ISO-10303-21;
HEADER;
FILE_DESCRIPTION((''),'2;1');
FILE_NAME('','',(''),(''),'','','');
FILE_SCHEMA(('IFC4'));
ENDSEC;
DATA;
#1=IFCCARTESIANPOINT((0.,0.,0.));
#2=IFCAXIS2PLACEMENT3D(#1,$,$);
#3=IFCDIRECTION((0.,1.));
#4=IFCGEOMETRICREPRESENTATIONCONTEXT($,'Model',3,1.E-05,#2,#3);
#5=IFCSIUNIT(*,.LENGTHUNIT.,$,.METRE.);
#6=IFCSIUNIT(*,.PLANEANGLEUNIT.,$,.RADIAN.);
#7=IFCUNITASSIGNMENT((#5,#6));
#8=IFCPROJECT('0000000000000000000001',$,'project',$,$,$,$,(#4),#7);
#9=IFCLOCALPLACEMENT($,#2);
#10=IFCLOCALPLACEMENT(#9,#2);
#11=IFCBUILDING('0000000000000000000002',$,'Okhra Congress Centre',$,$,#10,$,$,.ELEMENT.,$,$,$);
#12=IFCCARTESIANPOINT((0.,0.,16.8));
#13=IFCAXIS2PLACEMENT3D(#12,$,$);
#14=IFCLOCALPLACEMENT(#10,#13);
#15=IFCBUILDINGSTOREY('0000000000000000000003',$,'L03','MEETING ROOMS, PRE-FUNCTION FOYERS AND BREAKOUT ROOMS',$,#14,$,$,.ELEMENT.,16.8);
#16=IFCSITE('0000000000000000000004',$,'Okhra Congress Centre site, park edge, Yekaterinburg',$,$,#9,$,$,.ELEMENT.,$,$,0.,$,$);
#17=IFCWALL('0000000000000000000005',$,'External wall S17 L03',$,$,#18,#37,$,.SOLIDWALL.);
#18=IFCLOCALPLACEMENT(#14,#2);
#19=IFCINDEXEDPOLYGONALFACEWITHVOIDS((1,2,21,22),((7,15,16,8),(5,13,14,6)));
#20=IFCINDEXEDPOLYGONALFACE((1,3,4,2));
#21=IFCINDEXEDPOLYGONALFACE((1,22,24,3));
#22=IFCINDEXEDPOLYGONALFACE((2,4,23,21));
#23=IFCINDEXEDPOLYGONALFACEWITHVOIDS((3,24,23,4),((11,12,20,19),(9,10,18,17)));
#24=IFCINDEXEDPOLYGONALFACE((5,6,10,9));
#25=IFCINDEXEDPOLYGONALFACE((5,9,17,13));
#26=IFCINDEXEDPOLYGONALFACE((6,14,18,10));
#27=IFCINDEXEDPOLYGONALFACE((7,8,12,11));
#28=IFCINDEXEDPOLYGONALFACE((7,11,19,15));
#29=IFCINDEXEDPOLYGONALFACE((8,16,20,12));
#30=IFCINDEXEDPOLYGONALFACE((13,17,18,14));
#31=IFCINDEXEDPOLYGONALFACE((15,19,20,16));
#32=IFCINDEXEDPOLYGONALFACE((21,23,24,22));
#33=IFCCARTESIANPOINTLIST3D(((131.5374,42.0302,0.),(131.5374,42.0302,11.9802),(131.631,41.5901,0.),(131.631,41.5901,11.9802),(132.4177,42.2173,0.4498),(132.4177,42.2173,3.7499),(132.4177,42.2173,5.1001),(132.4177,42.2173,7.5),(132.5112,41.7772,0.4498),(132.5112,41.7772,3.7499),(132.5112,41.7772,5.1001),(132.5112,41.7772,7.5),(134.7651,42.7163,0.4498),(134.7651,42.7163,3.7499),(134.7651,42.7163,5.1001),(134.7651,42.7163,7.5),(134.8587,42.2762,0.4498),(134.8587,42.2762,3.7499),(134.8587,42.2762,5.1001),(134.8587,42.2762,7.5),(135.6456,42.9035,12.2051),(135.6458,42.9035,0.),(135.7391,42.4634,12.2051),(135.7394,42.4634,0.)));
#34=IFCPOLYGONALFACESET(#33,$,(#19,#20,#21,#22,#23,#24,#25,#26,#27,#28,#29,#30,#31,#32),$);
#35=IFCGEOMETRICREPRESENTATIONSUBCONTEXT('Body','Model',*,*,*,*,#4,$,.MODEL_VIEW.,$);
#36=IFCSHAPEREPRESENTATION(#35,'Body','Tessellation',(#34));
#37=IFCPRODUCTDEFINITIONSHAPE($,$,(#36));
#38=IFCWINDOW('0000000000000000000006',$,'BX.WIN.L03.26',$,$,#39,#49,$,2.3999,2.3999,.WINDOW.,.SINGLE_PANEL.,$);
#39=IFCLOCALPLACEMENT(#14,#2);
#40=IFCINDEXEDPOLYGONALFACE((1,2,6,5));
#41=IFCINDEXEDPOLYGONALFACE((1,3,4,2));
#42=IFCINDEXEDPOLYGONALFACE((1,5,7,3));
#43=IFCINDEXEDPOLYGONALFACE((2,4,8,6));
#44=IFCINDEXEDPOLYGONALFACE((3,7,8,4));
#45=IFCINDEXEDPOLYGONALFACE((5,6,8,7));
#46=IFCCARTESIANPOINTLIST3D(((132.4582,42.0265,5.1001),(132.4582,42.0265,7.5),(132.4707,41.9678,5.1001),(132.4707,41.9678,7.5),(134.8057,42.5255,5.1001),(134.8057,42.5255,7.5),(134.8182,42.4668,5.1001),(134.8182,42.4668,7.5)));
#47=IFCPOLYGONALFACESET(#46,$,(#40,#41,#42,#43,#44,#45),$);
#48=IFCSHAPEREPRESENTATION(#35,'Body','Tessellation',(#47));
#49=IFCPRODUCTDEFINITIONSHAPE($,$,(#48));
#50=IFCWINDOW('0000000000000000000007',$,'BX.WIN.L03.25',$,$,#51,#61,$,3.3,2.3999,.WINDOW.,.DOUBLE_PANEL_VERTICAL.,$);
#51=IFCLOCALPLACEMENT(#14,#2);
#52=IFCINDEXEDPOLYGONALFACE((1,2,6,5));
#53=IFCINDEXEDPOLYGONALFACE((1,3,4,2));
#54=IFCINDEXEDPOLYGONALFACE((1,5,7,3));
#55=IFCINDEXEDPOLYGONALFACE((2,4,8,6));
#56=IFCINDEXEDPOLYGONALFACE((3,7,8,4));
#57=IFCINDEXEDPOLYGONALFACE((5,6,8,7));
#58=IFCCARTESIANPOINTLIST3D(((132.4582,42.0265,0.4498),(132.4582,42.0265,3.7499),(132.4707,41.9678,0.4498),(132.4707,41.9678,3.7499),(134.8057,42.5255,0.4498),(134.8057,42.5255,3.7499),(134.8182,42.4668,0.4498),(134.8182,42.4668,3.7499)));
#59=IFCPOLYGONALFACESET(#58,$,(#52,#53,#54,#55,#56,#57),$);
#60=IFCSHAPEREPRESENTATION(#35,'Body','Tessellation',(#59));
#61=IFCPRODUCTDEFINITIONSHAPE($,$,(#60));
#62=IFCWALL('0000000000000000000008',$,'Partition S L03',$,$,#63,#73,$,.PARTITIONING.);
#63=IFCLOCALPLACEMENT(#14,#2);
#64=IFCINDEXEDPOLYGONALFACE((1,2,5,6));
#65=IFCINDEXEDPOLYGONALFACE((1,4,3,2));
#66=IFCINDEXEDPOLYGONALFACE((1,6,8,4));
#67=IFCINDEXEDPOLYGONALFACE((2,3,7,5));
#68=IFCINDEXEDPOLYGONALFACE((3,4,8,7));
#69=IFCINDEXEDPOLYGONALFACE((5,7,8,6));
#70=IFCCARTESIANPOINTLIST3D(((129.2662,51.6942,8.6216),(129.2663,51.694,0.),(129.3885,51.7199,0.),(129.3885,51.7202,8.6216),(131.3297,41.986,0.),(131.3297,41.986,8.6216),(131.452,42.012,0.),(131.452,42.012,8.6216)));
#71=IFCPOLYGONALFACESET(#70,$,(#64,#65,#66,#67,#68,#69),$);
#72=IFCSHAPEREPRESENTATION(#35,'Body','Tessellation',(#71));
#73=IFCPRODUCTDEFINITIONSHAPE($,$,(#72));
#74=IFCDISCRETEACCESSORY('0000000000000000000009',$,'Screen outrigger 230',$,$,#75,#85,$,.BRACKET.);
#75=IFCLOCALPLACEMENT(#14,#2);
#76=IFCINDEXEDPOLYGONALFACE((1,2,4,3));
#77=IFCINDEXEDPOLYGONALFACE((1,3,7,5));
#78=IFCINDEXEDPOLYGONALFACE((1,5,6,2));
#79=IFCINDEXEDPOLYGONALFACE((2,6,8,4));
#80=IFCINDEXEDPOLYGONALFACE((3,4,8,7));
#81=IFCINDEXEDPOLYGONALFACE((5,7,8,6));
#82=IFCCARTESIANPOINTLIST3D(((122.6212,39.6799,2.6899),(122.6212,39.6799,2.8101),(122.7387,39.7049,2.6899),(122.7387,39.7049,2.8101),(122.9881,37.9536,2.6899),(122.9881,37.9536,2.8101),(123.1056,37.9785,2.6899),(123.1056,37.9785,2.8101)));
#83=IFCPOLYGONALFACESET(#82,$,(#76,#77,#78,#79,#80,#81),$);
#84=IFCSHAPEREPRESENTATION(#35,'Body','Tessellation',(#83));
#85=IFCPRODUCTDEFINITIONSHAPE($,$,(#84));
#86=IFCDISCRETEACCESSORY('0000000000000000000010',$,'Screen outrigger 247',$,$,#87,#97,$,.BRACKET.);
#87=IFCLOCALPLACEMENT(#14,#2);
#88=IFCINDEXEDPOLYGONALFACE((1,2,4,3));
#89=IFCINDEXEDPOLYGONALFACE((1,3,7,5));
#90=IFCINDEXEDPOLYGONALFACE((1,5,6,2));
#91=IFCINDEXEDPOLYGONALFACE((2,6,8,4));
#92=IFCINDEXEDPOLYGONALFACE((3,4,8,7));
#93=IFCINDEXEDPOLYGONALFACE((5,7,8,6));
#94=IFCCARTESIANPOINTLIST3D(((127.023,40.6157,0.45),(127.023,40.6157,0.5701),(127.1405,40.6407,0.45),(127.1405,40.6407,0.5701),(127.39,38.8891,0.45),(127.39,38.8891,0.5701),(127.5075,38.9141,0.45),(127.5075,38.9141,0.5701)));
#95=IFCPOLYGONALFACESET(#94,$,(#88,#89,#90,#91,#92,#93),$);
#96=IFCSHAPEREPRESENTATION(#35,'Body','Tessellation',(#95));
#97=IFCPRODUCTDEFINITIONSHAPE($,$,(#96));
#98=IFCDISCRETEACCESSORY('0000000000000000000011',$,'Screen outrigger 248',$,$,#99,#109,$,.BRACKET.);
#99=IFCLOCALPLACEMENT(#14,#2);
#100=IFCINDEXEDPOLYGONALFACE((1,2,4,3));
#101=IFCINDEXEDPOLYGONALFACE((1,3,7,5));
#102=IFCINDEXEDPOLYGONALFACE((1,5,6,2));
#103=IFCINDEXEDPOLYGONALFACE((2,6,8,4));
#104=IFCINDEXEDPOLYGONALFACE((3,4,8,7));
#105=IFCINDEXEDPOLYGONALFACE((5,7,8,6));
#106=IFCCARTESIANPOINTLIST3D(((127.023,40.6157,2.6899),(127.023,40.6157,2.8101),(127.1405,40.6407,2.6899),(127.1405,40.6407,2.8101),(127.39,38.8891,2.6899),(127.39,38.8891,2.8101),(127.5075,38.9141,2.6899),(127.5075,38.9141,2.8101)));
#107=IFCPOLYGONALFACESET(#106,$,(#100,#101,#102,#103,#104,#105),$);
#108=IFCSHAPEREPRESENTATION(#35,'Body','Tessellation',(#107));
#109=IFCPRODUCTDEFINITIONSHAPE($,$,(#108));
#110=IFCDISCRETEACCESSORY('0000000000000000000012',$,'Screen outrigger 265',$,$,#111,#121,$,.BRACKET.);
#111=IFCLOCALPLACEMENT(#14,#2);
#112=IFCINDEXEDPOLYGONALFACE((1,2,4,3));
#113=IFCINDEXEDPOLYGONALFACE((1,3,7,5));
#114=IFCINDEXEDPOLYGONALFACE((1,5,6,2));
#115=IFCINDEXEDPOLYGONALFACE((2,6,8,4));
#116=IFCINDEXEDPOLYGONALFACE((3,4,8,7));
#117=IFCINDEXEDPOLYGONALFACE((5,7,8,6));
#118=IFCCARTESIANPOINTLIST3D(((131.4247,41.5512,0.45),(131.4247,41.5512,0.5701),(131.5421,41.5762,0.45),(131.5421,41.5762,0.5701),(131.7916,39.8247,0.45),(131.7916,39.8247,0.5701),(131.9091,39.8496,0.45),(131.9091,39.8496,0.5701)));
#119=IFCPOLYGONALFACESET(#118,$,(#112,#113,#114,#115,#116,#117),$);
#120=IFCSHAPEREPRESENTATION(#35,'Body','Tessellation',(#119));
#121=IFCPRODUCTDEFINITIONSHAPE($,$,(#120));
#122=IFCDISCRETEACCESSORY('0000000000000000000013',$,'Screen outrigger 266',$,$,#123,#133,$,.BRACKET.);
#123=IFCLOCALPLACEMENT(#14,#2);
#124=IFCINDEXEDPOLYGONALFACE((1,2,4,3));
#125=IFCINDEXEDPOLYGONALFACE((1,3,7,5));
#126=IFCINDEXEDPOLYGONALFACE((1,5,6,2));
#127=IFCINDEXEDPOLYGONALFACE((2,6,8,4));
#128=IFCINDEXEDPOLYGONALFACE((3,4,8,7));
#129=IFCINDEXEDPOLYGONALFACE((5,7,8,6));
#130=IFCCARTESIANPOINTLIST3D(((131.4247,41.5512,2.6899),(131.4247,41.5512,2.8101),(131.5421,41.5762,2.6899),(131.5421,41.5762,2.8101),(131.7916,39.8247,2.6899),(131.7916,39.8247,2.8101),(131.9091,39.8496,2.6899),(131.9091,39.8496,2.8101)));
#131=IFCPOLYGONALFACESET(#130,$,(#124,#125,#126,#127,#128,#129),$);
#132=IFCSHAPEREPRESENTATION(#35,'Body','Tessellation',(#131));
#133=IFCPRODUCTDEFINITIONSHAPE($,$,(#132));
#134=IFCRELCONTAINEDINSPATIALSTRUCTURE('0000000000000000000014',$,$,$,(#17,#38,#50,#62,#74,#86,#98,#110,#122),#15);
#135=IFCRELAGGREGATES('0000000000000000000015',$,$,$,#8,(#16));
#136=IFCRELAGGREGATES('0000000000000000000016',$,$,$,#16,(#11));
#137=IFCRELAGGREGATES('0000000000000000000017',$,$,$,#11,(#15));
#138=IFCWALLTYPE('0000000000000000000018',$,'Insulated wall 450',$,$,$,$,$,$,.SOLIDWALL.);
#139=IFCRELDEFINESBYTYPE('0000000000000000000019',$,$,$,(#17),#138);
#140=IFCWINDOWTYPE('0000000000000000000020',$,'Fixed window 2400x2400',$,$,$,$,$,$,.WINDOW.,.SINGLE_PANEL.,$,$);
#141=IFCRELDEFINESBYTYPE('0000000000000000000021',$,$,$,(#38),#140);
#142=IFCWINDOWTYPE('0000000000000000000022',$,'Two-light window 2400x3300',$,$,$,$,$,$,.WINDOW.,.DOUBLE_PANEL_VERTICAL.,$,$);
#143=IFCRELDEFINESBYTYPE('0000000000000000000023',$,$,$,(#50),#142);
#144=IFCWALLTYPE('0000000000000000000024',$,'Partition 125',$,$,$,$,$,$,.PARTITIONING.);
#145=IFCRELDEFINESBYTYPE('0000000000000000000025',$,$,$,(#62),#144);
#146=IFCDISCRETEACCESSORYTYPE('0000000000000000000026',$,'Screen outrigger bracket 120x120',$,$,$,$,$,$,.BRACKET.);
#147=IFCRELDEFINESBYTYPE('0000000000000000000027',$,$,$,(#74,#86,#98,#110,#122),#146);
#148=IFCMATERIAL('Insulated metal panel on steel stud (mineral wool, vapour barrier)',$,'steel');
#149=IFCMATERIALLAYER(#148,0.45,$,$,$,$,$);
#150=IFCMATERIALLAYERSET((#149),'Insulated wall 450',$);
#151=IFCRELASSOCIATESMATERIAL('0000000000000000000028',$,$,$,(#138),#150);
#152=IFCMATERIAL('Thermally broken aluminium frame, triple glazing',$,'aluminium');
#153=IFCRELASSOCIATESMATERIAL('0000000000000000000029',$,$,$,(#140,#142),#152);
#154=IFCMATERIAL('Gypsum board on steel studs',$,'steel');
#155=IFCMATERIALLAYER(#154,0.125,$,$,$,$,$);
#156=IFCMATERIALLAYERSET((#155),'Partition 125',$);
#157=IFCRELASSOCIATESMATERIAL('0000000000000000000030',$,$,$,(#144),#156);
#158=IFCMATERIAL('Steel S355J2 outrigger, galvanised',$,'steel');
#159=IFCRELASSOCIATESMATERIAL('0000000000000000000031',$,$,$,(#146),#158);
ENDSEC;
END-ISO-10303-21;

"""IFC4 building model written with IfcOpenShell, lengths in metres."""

from ifc_helpers import new_model, si_unit, direction, frame, frame_2d, origin, origin_2d, place, context, subcontext, project, spatial, polyline, rectangle, outline, extrude, material, layer, layer_set, material_profile, profile_set, type_object, element, fill, save


model = new_model("IFC4")

# Units and contexts
model_context = context("Model", 3, precision=1e-05, world=origin(), true_north=direction((0.0, 1.0)))
body_context = subcontext(model_context, "Body", "Model", "MODEL_VIEW")
ifc_project = project(units=[si_unit("LENGTHUNIT", "METRE"), si_unit("PLANEANGLEUNIT", "RADIAN")], contexts=[model_context])

# Site, building, storey
site_placement = place(None, origin())
site = spatial("IfcSite", under=ifc_project, at=site_placement, Name="Okhra Congress Centre site, park edge, Yekaterinburg", CompositionType="ELEMENT", RefElevation=0.0)
building_placement = place(site_placement, origin())
building = spatial("IfcBuilding", under=site, at=building_placement, Name="Okhra Congress Centre", CompositionType="ELEMENT")
storey_placement = place(building_placement, frame((0.0, 0.0, 16.8)))
storey = spatial("IfcBuildingStorey", under=building, at=storey_placement, Name="L03", Description="MEETING ROOMS, PRE-FUNCTION FOYERS AND BREAKOUT ROOMS", CompositionType="ELEMENT", Elevation=16.8)

# Wall, openings, windows
ifc_material_1 = material(Name="Insulated metal panel on steel stud (mineral wool, vapour barrier)", Category="steel")
ifc_layer_1 = layer(ifc_material_1, 0.45)
ifc_layer_set_1 = layer_set([ifc_layer_1], Name="Insulated wall 450")
wall_type_1 = type_object("IfcWallType", Name="Insulated wall 450", PredefinedType="SOLIDWALL", material=ifc_layer_set_1)
ifc_material_2 = material(Name="Thermally broken aluminium frame, triple glazing", Category="aluminium")
window_type_1 = type_object("IfcWindowType", Name="Fixed window 2400x2400", PartitioningType="SINGLE_PANEL", PredefinedType="WINDOW", material=ifc_material_2)
wall_1_placement = place(storey_placement, frame((131.5842, 41.8101, 0.0), z_axis=(0.0, 0.0, 1.0), x_axis=(0.978146, 0.207917, 0.0)))
wall_1 = element("IfcWall", 1, at=wall_1_placement, inside=storey, type_object=wall_type_1, Name="External wall S17 L03", PredefinedType="SOLIDWALL", context=body_context, shape_type="SweptSolid", body=[
    extrude(outline(polyline([(0.0, 0.0), (4.2002, 0.0), (4.2, 12.2051), (0.0, 11.9802), (0.0, 0.0)])), frame((0.0, 0.2251, 0.0), z_axis=(0.0, -1.0, 0.0), x_axis=(1.0, 0.0, 0.0)), (0.0, 0.0, 1.0), 0.45),
])
opening_1_placement = place(wall_1_placement, frame((0.8999, 0.0, 0.45)))
opening_1 = element("IfcOpeningElement", 2, at=opening_1_placement, cuts=wall_1, PredefinedType="OPENING", context=body_context, shape_type="SweptSolid", body=[
    extrude(rectangle(XDim=2.3999, YDim=3.3, at=frame_2d((1.2, 1.6499))), frame((0.0, 0.2349, 0.0), z_axis=(0.0, -1.0, 0.0), x_axis=(1.0, 0.0, 0.0)), (0.0, 0.0, 1.0), 0.47),
])
opening_2_placement = place(wall_1_placement, frame((0.8999, 0.0, 5.1001)))
opening_2 = element("IfcOpeningElement", 3, at=opening_2_placement, cuts=wall_1, PredefinedType="OPENING", context=body_context, shape_type="SweptSolid", body=[
    extrude(rectangle(XDim=2.3999, YDim=2.3999, at=frame_2d((1.2, 1.2))), frame((0.0, 0.2349, 0.0), z_axis=(0.0, -1.0, 0.0), x_axis=(1.0, 0.0, 0.0)), (0.0, 0.0, 1.0), 0.47),
])
window_1_placement = place(opening_2_placement, origin())
window_1 = element("IfcWindow", 4, at=window_1_placement, inside=storey, type_object=window_type_1, Name="BX.WIN.L03.26", OverallHeight=2.3999, OverallWidth=2.3999, PartitioningType="SINGLE_PANEL", PredefinedType="WINDOW", context=body_context, shape_type="SweptSolid", body=[
    extrude(rectangle(XDim=2.3999, YDim=2.3999, at=frame_2d((1.2, 1.2))), frame((0.0, 0.03, 0.0), z_axis=(0.0, -1.0, 0.0), x_axis=(1.0, 0.0, 0.0)), (0.0, 0.0, 1.0), 0.0601),
])
fill(opening_2, window_1)
window_type_2 = type_object("IfcWindowType", Name="Two-light window 2400x3300", PartitioningType="DOUBLE_PANEL_VERTICAL", PredefinedType="WINDOW", material=ifc_material_2)
window_2_placement = place(opening_1_placement, origin())
window_2 = element("IfcWindow", 5, at=window_2_placement, inside=storey, type_object=window_type_2, Name="BX.WIN.L03.25", OverallHeight=3.3, OverallWidth=2.3999, PartitioningType="DOUBLE_PANEL_VERTICAL", PredefinedType="WINDOW", context=body_context, shape_type="SweptSolid", body=[
    extrude(rectangle(XDim=2.3999, YDim=3.3, at=frame_2d((1.2, 1.6499))), frame((0.0, 0.03, 0.0), z_axis=(0.0, -1.0, 0.0), x_axis=(1.0, 0.0, 0.0)), (0.0, 0.0, 1.0), 0.0601),
])
fill(opening_1, window_2)

# Wall
ifc_material_3 = material(Name="Gypsum board on steel studs", Category="steel")
ifc_layer_2 = layer(ifc_material_3, 0.125)
ifc_layer_set_2 = layer_set([ifc_layer_2], Name="Partition 125")
wall_type_2 = type_object("IfcWallType", Name="Partition 125", PredefinedType="PARTITIONING", material=ifc_layer_set_2)
wall_2_placement = place(storey_placement, frame((131.3909, 41.999, 0.0), z_axis=(0.0, 0.0, 1.0), x_axis=(-0.207909, 0.978148, 0.0)))
element("IfcWall", 6, at=wall_2_placement, inside=storey, type_object=wall_type_2, Name="Partition S L03", PredefinedType="PARTITIONING", context=body_context, shape_type="SweptSolid", body=[
    extrude(outline(polyline([(0.0, 0.0), (9.9248, 0.0), (9.925, 8.6216), (0.0, 8.6216), (0.0, 0.0)])), frame((0.0, 0.0625, 0.0), z_axis=(0.0, -1.0, 0.0), x_axis=(1.0, 0.0, 0.0)), (0.0, 0.0, 1.0), 0.125),
])

# Discrete accessories
ifc_material_4 = material(Name="Steel S355J2 outrigger, galvanised", Category="steel")
ifc_material_profile_1 = material_profile(ifc_material_4, rectangle(XDim=0.1201, YDim=0.1201, at=origin_2d()), Name="Screen outrigger bracket 120x120")
ifc_profile_set_1 = profile_set([ifc_material_profile_1], Name="Steel S355J2 outrigger, galvanised")
discrete_accessory_type = type_object("IfcDiscreteAccessoryType", Name="Screen outrigger bracket 120x120", PredefinedType="BRACKET", material=ifc_profile_set_1)
discrete_accessory_placement = place(storey_placement, frame((122.6799, 39.6924, 2.75), z_axis=(0.207913, -0.978147, 0.0), x_axis=(0.978147, 0.207913, 0.0)))
element("IfcDiscreteAccessory", 7, at=discrete_accessory_placement, inside=storey, type_object=discrete_accessory_type, Name="Screen outrigger 230", PredefinedType="BRACKET", context=body_context, shape_type="SweptSolid", body=[
    extrude(rectangle(XDim=0.1201, YDim=0.1201, at=origin_2d()), origin(), (0.0, 0.0, 1.0), 1.7649),
])
for number, where, z_axis, x_axis, name in (
    (8, (127.0818, 40.6282, 0.51), (0.207885, -0.978153, 0.0), (0.978153, 0.207885, 0.0), "Screen outrigger 247"),
    (9, (127.0818, 40.6282, 2.75), (0.207885, -0.978153, 0.0), (0.978153, 0.207885, 0.0), "Screen outrigger 248"),
    (10, (131.4834, 41.5637, 0.51), (0.207885, -0.978153, 0.0), (0.978153, 0.207885, 0.0), "Screen outrigger 265"),
    (11, (131.4834, 41.5637, 2.75), (0.207885, -0.978153, 0.0), (0.978153, 0.207885, 0.0), "Screen outrigger 266"),
):
    element("IfcDiscreteAccessory", number, at=place(storey_placement, frame(where, z_axis=z_axis, x_axis=x_axis)), inside=storey, type_object=discrete_accessory_type, Name=name, PredefinedType="BRACKET", context=body_context, shape_type="SweptSolid", body=[
        extrude(rectangle(XDim=0.1201, YDim=0.1201, at=origin_2d()), origin(), (0.0, 0.0, 1.0), 1.7651),
    ])

save(model, "model.ifc")
